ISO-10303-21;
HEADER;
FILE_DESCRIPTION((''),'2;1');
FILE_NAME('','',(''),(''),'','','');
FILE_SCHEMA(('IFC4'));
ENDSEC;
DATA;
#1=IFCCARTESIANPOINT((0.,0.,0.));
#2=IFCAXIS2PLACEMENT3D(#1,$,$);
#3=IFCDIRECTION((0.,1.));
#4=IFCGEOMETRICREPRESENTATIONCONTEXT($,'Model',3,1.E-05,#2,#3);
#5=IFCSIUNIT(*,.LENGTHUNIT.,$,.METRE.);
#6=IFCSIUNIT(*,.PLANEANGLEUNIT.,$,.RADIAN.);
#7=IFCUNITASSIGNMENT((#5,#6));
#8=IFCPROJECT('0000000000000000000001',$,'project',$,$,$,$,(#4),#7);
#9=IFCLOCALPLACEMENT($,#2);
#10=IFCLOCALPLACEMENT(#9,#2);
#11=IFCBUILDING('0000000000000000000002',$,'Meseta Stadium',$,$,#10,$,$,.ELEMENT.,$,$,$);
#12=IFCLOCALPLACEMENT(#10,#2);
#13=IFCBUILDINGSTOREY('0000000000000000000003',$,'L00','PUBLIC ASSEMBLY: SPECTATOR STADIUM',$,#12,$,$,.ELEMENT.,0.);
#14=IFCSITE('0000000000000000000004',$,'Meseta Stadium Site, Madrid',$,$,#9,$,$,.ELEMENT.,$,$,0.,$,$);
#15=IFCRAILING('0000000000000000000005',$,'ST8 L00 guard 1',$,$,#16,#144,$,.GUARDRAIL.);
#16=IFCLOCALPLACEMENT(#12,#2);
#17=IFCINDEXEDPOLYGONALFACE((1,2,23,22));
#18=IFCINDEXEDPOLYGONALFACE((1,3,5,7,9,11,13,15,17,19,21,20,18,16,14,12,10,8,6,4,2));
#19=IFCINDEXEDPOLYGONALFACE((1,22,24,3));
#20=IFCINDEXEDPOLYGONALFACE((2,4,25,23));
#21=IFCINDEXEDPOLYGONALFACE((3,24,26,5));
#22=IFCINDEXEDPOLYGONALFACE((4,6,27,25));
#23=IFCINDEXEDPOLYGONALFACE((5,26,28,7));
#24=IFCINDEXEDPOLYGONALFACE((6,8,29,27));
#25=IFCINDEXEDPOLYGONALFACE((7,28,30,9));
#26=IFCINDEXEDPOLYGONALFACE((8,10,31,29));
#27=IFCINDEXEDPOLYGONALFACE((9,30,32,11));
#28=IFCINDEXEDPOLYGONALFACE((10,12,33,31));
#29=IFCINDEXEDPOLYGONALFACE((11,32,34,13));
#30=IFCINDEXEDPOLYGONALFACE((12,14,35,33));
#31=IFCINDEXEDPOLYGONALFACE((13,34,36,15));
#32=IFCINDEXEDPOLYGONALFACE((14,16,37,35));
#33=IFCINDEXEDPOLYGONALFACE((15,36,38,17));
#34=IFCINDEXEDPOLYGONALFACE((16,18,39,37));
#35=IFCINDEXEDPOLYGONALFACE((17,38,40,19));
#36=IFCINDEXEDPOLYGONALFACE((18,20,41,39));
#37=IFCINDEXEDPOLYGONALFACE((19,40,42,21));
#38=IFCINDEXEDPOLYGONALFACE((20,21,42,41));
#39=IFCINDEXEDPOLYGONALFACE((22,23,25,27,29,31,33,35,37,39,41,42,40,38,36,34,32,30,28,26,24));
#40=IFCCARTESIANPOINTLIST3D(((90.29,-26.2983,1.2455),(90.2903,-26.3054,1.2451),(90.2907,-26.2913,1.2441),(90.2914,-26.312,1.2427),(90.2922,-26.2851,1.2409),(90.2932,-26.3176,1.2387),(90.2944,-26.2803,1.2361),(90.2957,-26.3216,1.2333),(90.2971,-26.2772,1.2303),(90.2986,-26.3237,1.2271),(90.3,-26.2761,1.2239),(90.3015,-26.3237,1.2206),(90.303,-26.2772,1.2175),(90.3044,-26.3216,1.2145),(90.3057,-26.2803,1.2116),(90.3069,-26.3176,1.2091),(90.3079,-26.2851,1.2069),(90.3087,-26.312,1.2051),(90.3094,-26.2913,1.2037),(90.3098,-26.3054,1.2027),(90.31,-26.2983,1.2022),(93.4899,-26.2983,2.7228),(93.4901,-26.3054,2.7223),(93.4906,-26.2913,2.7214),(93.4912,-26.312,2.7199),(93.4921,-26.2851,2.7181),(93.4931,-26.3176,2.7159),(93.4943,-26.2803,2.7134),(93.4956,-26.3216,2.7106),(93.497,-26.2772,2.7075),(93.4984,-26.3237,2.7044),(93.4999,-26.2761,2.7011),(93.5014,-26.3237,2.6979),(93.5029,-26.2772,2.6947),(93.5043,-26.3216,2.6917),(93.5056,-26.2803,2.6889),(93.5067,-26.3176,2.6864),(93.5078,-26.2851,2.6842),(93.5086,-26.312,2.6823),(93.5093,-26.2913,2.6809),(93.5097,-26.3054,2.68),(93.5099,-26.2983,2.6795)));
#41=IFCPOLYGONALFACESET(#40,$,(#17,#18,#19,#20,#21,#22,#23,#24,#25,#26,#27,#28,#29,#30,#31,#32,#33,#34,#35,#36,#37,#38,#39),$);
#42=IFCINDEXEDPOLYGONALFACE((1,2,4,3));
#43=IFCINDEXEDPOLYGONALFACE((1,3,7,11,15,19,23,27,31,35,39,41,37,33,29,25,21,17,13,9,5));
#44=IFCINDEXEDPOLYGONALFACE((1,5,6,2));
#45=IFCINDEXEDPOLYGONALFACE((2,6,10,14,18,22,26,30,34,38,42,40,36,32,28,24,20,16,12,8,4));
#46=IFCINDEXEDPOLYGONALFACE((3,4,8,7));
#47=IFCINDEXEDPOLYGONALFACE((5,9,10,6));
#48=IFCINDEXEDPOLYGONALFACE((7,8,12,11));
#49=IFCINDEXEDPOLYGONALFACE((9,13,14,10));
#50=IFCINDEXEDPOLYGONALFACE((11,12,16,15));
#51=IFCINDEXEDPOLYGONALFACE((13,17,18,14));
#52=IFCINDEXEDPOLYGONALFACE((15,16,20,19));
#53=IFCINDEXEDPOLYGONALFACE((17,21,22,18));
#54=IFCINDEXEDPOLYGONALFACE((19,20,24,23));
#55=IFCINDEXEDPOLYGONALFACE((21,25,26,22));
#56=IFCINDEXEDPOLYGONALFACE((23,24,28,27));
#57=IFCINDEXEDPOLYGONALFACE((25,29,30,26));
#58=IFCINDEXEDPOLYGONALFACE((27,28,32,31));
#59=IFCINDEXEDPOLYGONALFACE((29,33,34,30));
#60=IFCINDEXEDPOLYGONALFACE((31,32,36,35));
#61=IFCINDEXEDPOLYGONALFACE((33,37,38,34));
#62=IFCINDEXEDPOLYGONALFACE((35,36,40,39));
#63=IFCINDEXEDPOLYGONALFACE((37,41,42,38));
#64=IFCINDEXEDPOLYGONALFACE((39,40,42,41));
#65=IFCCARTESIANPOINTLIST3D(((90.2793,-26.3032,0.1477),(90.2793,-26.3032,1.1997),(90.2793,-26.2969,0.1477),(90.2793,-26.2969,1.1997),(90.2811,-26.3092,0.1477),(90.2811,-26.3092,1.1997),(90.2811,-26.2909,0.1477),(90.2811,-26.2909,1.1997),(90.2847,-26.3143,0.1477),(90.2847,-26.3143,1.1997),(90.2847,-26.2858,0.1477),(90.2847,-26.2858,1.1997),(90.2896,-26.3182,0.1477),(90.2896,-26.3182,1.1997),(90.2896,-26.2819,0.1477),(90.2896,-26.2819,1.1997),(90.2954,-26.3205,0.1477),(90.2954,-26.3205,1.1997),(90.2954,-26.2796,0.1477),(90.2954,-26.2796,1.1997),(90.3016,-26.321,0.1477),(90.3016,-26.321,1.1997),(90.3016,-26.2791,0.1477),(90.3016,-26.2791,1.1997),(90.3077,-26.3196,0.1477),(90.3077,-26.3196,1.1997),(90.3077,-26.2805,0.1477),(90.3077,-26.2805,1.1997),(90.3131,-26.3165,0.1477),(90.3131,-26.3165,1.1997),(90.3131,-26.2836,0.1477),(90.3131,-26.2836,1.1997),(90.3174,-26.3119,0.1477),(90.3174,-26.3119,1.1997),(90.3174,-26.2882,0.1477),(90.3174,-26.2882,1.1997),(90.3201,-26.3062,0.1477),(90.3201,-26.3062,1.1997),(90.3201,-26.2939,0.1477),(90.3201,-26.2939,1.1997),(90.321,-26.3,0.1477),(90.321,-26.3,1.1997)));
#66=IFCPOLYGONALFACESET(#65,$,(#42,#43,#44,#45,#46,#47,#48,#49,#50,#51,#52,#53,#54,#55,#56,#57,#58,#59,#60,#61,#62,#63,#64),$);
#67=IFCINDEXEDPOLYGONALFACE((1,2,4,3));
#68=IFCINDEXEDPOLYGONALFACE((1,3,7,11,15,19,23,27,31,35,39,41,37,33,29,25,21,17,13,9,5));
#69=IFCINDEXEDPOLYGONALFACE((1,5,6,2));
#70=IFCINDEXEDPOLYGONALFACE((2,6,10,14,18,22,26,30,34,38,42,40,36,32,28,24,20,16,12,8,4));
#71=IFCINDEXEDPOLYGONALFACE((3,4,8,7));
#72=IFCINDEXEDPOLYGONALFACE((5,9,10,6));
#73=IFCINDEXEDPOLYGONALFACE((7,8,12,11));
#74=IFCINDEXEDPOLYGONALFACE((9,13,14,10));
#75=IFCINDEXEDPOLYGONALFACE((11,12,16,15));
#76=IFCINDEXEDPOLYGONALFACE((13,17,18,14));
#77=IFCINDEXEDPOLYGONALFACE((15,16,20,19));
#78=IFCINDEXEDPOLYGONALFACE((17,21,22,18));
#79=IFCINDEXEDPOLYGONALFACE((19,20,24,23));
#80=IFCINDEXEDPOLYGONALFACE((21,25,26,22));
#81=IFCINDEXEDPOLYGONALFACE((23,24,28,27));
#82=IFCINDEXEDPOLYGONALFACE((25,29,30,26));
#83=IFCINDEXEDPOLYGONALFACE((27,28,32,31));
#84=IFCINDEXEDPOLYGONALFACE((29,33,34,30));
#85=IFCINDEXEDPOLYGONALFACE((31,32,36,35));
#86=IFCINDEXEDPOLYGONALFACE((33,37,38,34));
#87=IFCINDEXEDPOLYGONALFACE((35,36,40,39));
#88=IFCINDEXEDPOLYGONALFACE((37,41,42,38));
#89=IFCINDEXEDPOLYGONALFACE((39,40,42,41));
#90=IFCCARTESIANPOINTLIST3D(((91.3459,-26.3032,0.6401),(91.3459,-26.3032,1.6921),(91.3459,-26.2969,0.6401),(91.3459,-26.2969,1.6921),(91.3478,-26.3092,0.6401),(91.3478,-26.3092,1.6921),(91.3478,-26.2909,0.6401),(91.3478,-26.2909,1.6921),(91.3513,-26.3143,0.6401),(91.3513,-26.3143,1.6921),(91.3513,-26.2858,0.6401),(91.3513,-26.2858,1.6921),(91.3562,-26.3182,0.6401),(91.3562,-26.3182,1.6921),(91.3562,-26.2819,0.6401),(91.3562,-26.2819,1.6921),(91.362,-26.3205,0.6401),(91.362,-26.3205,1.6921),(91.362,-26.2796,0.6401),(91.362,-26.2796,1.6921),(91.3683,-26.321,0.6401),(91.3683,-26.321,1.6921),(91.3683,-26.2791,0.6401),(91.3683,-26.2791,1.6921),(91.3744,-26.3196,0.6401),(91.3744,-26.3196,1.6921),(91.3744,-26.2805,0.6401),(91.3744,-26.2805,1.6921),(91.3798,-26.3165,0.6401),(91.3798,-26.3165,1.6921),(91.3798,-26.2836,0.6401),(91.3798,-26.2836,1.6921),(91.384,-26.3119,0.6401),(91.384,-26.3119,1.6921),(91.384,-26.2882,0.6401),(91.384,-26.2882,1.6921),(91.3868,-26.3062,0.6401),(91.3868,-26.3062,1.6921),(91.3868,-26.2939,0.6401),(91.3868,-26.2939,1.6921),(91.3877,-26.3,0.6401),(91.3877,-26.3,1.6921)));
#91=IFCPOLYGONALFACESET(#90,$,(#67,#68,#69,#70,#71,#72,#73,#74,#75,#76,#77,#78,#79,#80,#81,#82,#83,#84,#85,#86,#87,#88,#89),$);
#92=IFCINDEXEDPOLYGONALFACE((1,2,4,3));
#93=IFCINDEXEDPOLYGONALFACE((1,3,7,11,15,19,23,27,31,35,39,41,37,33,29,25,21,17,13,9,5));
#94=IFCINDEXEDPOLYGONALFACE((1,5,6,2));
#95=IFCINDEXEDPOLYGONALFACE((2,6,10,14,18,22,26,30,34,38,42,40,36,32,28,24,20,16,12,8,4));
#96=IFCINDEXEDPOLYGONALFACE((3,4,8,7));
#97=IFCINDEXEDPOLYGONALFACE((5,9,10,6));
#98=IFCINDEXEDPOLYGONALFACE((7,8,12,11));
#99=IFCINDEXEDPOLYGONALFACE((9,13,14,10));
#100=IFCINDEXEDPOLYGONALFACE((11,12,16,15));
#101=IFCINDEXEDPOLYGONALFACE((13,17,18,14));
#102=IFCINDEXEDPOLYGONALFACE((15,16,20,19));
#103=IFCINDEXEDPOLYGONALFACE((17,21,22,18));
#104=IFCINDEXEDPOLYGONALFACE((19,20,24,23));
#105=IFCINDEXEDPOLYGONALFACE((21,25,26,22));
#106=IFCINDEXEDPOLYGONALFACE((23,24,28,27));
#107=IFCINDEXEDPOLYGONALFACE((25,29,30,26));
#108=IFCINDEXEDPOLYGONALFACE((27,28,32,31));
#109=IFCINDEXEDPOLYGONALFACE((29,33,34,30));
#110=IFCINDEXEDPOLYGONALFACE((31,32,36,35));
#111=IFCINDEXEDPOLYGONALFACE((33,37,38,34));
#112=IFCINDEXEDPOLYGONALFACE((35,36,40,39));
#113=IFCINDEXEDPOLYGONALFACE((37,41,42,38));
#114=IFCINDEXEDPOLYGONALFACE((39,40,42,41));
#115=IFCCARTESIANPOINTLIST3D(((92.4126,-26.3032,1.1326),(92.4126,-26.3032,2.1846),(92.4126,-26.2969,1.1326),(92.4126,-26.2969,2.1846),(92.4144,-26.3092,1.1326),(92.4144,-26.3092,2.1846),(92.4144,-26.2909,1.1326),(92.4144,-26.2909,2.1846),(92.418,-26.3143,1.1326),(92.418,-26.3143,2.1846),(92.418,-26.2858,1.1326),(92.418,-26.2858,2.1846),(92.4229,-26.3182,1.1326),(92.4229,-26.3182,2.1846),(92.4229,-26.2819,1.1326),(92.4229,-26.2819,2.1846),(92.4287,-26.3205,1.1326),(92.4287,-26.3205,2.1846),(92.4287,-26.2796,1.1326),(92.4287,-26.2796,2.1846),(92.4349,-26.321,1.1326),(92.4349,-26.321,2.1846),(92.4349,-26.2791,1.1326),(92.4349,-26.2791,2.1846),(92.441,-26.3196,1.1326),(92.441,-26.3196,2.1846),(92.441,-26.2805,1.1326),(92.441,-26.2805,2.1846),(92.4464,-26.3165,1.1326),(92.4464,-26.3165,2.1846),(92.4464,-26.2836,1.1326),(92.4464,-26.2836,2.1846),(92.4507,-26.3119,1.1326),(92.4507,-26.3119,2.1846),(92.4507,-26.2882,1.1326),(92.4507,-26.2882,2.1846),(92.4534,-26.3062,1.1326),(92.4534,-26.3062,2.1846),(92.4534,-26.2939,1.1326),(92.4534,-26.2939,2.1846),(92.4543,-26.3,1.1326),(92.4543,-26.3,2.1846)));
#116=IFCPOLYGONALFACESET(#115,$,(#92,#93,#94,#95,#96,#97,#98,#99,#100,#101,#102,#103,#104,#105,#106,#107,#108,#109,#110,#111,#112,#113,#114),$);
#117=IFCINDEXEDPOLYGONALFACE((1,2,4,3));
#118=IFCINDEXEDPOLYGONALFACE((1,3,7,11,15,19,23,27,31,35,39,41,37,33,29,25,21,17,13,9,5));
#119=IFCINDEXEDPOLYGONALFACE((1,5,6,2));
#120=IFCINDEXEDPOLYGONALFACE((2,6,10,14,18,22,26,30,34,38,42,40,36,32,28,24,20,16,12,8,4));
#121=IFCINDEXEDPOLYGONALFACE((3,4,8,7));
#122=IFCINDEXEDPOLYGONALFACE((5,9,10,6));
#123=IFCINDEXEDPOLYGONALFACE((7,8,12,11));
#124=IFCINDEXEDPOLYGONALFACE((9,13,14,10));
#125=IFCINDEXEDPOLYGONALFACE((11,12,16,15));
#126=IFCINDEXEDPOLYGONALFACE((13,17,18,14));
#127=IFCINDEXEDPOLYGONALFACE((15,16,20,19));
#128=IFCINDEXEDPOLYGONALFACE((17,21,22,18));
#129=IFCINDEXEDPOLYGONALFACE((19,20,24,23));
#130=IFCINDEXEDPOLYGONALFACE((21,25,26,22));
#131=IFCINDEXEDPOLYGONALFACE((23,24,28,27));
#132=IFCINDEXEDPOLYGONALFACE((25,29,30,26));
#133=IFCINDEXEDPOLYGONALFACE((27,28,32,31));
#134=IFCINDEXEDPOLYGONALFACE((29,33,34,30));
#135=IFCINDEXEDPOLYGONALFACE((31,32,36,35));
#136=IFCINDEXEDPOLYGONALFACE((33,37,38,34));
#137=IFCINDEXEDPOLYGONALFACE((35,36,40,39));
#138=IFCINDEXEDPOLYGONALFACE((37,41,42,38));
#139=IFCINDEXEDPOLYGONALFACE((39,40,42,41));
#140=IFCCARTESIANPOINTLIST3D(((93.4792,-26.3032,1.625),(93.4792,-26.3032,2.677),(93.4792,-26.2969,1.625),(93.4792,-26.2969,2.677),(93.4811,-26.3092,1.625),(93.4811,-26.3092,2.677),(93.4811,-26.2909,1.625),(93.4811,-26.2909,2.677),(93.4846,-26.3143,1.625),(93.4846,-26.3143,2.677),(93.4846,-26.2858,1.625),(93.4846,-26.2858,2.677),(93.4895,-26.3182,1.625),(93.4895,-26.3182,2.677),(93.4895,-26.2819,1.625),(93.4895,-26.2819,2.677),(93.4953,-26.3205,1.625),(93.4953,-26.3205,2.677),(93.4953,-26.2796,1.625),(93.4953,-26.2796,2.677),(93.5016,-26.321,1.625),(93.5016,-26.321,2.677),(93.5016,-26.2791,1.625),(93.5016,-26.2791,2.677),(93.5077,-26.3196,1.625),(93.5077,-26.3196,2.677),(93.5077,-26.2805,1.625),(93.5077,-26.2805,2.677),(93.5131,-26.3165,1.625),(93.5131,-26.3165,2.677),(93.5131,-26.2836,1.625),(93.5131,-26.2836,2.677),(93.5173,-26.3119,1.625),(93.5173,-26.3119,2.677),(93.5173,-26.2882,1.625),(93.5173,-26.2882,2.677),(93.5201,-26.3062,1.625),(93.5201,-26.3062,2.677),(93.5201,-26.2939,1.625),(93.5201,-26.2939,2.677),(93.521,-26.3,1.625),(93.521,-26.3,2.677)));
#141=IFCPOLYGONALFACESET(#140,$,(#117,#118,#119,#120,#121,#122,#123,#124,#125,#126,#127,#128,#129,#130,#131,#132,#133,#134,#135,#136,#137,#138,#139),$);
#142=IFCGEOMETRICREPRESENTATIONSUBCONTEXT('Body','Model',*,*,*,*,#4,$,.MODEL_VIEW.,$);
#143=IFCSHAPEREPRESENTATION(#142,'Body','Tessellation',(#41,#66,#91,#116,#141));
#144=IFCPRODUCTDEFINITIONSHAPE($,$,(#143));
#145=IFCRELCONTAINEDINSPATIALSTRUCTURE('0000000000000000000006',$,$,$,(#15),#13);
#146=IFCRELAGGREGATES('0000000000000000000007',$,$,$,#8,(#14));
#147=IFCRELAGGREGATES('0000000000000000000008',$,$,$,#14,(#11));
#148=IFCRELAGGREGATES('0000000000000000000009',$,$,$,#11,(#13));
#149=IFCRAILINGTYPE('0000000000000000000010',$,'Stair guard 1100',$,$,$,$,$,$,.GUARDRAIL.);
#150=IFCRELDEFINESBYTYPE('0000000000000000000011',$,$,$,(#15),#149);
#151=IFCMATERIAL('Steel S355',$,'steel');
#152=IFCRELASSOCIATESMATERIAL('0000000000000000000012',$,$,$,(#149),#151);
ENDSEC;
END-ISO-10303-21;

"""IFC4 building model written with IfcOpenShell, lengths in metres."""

from ifc_helpers import new_model, si_unit, direction, frame, origin, origin_2d, place, context, subcontext, project, spatial, circle, extrude, material, type_object, element, save


model = new_model("IFC4")

# Units and contexts
model_context = context("Model", 3, precision=1e-05, world=origin(), true_north=direction((0.0, 1.0)))
body_context = subcontext(model_context, "Body", "Model", "MODEL_VIEW")
ifc_project = project(units=[si_unit("LENGTHUNIT", "METRE"), si_unit("PLANEANGLEUNIT", "RADIAN")], contexts=[model_context])

# Site, building, storey
site_placement = place(None, origin())
site = spatial("IfcSite", under=ifc_project, at=site_placement, Name="Meseta Stadium Site, Madrid", CompositionType="ELEMENT", RefElevation=0.0)
building_placement = place(site_placement, origin())
building = spatial("IfcBuilding", under=site, at=building_placement, Name="Meseta Stadium", CompositionType="ELEMENT")
storey_placement = place(building_placement, origin())
storey = spatial("IfcBuildingStorey", under=building, at=storey_placement, Name="L00", Description="PUBLIC ASSEMBLY: SPECTATOR STADIUM", CompositionType="ELEMENT", Elevation=0.0)

# Railing
ifc_material_1 = material(Name="Steel S355", Category="steel")
railing_type_1 = type_object("IfcRailingType", Name="Stair guard 1100", PredefinedType="GUARDRAIL", material=ifc_material_1)
railing_1_placement = place(storey_placement, frame((90.3, -26.3, 0.1477)))
element("IfcRailing", 1, at=railing_1_placement, inside=storey, type_object=railing_type_1, Name="ST8 L00 guard 1", PredefinedType="GUARDRAIL", context=body_context, shape_type="SweptSolid", body=[
    extrude(circle(Radius=0.0239, at=origin_2d()), frame((0.0, 0.0, 1.0762), z_axis=(0.907917, 0.0, 0.41915), x_axis=(0.0, 1.0, 0.0)), (0.0, 0.0, 1.0), 3.5244),
    extrude(circle(Radius=0.021, at=origin_2d()), origin(), (0.0, 0.0, 1.0), 1.052),
    extrude(circle(Radius=0.021, at=origin_2d()), frame((1.0667, 0.0, 0.4924)), (0.0, 0.0, 1.0), 1.052),
    extrude(circle(Radius=0.021, at=origin_2d()), frame((2.1333, 0.0, 0.9849)), (0.0, 0.0, 1.0), 1.052),
    extrude(circle(Radius=0.021, at=origin_2d()), frame((3.2, 0.0, 1.4773)), (0.0, 0.0, 1.0), 1.052),
])

save(model, "model.ifc")
